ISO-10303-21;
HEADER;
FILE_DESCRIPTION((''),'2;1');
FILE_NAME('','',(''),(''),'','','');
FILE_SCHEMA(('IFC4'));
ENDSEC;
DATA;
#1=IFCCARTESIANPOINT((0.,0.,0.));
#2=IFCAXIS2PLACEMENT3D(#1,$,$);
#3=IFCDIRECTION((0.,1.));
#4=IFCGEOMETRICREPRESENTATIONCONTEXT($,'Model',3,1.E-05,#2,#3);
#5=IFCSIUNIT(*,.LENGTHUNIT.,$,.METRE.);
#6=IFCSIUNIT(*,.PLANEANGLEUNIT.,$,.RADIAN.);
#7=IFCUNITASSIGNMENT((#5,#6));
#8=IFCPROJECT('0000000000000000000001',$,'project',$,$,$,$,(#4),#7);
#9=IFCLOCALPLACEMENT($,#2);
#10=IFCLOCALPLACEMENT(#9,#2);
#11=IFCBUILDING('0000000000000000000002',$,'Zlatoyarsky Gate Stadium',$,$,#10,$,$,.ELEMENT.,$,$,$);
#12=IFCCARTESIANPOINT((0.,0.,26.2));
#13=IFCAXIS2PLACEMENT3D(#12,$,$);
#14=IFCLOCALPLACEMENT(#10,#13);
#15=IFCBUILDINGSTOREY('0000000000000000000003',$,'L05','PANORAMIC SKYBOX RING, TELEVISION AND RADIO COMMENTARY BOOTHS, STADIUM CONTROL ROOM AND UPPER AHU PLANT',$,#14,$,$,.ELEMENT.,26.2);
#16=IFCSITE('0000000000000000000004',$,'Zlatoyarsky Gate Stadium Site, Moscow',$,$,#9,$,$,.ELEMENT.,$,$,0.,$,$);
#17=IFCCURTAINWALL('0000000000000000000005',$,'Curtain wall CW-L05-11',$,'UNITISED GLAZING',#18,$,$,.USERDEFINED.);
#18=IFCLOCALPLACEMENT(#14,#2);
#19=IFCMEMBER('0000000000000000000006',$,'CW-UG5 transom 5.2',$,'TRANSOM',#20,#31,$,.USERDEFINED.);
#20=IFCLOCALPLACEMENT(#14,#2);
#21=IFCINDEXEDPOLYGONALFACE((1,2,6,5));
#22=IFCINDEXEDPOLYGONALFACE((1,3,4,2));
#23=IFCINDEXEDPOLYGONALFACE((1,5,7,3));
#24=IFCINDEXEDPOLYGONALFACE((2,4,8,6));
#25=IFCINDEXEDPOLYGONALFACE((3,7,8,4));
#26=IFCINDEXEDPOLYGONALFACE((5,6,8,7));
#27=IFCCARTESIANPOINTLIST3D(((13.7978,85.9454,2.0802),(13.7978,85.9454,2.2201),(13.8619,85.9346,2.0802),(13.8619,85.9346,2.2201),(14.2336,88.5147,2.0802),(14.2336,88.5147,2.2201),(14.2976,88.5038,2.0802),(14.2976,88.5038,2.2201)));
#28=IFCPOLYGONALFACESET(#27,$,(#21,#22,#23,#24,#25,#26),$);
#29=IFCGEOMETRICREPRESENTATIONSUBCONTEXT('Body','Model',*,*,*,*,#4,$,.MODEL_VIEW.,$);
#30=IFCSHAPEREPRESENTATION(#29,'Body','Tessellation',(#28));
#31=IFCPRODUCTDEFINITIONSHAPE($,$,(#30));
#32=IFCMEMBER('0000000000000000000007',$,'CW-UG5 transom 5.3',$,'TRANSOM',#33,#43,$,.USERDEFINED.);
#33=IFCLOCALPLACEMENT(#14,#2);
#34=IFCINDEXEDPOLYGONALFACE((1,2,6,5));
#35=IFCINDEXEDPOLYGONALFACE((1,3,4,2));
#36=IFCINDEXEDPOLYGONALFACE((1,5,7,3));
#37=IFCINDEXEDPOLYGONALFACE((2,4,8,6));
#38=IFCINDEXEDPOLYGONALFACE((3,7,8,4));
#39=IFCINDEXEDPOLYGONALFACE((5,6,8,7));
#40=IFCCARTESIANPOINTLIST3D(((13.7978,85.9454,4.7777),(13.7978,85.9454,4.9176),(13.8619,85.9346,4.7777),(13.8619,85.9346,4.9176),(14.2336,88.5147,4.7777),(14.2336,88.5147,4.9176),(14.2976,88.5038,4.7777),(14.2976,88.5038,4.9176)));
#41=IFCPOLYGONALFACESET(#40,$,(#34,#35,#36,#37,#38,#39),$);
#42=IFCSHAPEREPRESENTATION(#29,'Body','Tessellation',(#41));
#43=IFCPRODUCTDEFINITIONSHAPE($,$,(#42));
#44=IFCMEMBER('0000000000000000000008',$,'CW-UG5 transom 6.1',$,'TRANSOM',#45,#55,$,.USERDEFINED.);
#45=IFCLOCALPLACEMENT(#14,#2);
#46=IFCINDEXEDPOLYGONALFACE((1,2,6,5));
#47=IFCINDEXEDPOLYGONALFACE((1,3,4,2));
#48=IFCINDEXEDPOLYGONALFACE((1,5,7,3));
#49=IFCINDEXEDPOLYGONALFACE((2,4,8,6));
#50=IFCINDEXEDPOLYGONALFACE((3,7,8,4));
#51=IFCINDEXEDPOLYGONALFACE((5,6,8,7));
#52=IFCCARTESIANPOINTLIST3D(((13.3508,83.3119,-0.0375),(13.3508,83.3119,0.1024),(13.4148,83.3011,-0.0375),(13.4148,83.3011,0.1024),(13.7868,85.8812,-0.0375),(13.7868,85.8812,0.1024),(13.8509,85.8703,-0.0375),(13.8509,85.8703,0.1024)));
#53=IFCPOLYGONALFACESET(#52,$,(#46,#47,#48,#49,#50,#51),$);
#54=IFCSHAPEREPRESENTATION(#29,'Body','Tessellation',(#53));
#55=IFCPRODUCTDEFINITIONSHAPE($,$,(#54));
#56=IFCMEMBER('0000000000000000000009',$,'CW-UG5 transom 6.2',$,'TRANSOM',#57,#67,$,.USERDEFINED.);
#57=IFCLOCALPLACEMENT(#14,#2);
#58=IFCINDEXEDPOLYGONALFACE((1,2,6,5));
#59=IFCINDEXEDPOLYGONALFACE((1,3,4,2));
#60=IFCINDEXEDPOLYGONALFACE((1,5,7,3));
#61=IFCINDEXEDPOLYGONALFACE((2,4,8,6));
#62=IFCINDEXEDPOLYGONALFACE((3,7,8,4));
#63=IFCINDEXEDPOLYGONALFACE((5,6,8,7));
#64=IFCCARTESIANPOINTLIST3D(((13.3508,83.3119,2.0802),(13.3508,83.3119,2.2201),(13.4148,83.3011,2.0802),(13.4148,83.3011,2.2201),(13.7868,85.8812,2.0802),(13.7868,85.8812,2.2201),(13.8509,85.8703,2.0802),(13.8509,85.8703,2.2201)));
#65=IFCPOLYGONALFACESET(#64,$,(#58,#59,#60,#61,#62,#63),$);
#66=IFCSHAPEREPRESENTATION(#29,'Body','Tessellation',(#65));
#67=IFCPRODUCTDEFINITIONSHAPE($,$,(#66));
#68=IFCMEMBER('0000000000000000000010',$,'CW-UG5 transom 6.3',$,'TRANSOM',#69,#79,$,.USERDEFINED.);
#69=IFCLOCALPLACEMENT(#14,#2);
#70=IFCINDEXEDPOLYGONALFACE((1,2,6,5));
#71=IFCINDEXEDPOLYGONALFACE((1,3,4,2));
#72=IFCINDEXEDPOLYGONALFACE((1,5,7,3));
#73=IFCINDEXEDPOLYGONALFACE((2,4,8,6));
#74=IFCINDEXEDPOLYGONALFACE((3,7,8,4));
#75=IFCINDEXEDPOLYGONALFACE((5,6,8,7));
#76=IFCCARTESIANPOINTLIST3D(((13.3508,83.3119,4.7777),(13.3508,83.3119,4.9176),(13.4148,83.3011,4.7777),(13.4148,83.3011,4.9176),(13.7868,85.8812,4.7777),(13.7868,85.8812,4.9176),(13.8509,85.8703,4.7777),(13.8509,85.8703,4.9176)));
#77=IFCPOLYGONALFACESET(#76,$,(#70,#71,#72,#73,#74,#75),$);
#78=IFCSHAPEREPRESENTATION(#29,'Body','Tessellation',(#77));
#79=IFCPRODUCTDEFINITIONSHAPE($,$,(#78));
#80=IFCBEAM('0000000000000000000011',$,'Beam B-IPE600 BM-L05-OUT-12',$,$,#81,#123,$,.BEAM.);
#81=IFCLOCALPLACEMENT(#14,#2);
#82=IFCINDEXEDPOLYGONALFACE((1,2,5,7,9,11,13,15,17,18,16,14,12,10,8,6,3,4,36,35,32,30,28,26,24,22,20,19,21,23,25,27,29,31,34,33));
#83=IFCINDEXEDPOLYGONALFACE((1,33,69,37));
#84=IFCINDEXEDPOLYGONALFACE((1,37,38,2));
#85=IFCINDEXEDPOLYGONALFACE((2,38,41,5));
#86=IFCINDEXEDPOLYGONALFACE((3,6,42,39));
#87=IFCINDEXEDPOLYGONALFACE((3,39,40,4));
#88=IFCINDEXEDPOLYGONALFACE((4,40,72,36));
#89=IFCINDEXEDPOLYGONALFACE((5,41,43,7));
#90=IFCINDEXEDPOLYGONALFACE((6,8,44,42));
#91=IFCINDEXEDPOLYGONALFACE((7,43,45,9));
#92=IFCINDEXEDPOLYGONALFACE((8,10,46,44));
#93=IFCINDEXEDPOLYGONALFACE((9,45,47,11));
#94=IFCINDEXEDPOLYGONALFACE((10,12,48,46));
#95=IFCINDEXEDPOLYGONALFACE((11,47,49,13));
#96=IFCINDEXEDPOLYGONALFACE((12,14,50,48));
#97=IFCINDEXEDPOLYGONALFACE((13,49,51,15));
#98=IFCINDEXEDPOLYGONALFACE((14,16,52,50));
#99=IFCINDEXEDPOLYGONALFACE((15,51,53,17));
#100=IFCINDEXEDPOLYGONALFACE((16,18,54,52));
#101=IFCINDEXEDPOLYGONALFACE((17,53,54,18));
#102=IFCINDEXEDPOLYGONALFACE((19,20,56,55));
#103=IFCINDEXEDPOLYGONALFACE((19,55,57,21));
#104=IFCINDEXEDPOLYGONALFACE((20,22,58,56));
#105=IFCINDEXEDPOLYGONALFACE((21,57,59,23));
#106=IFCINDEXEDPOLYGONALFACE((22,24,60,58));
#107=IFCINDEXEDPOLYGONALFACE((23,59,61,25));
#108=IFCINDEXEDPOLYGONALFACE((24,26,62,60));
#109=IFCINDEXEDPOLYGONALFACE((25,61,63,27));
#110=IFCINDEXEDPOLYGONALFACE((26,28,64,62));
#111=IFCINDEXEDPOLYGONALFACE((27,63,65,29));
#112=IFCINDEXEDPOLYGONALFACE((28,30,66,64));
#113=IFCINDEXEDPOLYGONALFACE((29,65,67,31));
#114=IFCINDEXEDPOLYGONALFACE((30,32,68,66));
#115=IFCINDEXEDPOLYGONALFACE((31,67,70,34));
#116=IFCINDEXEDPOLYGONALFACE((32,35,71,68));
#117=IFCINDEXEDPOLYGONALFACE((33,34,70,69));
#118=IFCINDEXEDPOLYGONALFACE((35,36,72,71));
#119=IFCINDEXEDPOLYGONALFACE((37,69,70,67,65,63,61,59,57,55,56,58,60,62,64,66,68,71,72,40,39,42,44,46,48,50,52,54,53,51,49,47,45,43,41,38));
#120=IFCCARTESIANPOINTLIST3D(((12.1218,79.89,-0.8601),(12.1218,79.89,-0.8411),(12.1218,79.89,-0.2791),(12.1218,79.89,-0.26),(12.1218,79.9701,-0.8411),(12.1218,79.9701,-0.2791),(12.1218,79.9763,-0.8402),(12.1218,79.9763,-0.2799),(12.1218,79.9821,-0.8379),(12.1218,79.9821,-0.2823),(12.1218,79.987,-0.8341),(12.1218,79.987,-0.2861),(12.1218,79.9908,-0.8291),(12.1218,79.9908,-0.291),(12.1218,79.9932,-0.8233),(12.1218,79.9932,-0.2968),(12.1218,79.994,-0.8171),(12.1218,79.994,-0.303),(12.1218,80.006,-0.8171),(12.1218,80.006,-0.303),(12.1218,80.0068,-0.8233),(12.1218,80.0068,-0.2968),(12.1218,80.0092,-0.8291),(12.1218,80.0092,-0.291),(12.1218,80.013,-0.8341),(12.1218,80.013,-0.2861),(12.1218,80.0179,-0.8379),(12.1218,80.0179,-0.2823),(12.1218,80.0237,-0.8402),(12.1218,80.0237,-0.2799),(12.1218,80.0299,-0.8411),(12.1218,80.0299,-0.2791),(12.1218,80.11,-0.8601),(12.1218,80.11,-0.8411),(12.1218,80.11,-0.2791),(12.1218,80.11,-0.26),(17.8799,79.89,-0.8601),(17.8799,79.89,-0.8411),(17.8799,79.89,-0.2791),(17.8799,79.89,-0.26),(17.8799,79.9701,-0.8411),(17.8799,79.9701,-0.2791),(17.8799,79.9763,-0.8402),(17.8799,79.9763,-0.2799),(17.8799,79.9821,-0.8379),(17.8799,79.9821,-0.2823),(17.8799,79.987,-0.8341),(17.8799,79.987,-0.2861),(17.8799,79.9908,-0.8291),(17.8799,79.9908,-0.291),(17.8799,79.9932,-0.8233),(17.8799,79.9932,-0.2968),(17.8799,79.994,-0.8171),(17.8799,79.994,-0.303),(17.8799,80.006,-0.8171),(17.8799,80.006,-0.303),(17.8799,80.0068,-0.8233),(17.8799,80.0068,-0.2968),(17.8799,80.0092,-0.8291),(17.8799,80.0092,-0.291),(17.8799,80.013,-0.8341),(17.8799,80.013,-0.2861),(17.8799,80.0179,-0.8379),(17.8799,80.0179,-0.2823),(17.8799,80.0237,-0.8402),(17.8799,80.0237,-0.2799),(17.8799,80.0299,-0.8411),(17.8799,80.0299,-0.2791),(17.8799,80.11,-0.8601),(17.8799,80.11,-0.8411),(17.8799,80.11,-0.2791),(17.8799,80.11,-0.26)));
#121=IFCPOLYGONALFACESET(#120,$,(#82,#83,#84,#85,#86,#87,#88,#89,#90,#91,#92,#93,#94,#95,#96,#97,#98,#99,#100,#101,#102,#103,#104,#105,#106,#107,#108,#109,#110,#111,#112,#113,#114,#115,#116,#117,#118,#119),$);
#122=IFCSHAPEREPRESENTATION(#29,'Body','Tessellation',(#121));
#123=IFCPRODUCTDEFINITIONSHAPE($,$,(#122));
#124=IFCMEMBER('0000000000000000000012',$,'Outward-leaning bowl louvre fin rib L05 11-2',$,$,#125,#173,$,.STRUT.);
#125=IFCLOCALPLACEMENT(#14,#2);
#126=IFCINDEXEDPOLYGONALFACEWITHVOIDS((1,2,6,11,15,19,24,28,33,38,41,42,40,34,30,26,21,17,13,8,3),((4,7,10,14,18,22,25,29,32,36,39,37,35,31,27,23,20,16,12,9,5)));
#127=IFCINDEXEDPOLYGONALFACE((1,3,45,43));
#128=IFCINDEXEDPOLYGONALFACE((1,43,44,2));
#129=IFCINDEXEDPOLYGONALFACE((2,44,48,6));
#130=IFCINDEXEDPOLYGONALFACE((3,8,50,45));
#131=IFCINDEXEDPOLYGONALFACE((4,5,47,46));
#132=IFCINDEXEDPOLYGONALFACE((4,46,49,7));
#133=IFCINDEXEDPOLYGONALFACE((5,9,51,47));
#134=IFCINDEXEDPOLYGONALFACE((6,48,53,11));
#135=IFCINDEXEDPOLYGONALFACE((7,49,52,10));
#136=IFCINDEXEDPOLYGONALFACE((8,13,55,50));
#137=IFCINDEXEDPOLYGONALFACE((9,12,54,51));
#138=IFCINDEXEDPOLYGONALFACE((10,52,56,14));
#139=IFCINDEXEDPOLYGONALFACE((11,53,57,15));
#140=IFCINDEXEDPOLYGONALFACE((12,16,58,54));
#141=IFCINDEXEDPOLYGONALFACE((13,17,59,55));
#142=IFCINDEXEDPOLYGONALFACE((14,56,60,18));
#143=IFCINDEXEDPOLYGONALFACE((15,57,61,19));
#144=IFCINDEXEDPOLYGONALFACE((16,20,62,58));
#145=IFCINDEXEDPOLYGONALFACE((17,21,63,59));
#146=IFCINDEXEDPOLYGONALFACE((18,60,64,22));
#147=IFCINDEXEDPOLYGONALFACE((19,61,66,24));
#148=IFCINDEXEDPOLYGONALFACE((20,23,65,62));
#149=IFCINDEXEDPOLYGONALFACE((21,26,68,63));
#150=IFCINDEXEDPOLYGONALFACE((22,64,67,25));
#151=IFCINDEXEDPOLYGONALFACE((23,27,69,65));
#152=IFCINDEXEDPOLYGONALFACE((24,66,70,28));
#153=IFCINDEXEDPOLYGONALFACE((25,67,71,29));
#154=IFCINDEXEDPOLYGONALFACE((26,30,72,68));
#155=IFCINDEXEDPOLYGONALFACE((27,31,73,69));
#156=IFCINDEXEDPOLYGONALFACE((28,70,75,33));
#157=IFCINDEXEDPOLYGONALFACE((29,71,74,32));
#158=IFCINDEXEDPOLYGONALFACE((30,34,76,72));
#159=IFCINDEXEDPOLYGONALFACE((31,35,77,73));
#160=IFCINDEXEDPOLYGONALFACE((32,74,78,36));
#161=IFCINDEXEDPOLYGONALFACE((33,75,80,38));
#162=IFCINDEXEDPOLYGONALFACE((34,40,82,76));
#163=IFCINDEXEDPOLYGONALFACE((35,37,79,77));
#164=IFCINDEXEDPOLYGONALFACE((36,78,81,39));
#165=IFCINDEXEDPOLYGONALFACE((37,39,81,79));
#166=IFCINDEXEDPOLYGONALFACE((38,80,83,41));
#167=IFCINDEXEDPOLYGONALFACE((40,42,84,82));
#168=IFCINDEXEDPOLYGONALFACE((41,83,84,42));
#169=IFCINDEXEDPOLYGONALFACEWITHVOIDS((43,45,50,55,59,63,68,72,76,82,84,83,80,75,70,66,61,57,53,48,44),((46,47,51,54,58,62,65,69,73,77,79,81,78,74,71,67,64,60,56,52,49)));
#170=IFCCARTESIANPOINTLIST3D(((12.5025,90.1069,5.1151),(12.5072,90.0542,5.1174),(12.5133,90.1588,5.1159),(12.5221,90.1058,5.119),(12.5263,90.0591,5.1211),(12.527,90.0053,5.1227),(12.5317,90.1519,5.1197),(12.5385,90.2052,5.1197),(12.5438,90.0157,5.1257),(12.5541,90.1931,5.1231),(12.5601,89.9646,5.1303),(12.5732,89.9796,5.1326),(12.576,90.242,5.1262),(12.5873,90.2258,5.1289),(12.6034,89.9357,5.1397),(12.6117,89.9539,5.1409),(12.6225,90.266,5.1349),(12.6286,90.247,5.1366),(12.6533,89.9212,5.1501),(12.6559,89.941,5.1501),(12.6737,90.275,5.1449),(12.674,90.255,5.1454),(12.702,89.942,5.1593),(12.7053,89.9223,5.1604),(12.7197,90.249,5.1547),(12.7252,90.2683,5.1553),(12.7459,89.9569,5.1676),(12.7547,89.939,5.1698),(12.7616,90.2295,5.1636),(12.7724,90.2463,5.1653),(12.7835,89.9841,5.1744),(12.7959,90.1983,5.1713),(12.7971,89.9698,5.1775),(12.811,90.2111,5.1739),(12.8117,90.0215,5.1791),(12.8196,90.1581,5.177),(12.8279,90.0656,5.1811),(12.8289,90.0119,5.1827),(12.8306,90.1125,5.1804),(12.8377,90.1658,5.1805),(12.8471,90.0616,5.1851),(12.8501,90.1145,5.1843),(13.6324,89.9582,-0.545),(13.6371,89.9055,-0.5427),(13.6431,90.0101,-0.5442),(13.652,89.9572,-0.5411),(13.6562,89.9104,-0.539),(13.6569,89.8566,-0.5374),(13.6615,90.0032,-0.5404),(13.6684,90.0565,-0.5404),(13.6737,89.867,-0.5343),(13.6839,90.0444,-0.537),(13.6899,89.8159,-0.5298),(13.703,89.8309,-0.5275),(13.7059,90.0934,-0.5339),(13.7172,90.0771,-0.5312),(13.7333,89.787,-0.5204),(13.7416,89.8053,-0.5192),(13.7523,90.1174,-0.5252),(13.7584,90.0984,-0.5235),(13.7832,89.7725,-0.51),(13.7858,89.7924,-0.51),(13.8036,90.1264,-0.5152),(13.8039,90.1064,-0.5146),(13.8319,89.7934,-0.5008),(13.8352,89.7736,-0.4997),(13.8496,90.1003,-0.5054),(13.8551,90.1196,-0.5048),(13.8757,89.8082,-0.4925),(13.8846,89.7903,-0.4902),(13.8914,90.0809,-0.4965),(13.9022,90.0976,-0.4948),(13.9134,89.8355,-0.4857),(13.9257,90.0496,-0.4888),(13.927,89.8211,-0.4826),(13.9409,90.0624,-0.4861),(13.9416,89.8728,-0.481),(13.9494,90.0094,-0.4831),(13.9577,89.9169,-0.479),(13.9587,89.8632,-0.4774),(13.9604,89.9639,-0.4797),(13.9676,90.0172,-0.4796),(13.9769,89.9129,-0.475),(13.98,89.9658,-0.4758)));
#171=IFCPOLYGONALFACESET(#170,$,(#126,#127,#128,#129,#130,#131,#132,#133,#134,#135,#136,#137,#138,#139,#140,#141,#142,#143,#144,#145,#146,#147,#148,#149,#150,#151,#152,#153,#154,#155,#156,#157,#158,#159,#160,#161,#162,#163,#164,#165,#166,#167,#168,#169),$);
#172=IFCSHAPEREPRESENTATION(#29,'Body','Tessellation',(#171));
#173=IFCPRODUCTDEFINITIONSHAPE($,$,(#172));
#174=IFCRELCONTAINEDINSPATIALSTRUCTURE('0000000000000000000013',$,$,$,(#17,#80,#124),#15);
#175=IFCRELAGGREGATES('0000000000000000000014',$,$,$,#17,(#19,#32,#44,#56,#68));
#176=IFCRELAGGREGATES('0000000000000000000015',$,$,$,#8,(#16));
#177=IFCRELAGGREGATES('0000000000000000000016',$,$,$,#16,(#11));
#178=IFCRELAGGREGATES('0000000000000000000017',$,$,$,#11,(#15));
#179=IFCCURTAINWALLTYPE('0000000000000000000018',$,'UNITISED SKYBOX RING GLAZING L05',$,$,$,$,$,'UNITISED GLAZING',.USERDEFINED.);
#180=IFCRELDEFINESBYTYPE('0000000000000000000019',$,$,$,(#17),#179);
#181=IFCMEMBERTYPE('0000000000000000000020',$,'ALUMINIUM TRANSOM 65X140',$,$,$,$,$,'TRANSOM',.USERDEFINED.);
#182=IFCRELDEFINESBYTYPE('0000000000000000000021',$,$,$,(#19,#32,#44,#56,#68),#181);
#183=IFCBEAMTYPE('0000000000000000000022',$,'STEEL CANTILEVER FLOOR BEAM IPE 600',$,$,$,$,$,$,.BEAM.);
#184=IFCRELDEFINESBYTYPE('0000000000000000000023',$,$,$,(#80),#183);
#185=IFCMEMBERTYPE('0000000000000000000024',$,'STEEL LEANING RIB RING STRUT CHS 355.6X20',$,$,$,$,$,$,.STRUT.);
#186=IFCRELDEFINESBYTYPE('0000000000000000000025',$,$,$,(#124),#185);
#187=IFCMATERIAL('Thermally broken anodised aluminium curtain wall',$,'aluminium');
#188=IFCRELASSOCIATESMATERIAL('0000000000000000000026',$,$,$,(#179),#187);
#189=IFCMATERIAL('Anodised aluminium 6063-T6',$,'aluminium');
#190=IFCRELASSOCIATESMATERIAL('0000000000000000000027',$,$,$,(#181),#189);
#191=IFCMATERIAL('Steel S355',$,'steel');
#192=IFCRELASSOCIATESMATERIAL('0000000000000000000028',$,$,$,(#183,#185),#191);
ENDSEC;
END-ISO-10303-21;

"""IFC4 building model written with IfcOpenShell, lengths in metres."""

from ifc_helpers import new_model, si_unit, direction, frame, origin, origin_2d, place, context, subcontext, project, spatial, rectangle, hollow_circle, i_section, extrude, material, material_profile, profile_set, type_object, element, aggregate, save


model = new_model("IFC4")

# Units and contexts
model_context = context("Model", 3, precision=1e-05, world=origin(), true_north=direction((0.0, 1.0)))
body_context = subcontext(model_context, "Body", "Model", "MODEL_VIEW")
ifc_project = project(units=[si_unit("LENGTHUNIT", "METRE"), si_unit("PLANEANGLEUNIT", "RADIAN")], contexts=[model_context])

# Site, building, storey
site_placement = place(None, origin())
site = spatial("IfcSite", under=ifc_project, at=site_placement, Name="Zlatoyarsky Gate Stadium Site, Moscow", CompositionType="ELEMENT", RefElevation=0.0)
building_placement = place(site_placement, origin())
building = spatial("IfcBuilding", under=site, at=building_placement, Name="Zlatoyarsky Gate Stadium", CompositionType="ELEMENT")
storey_placement = place(building_placement, frame((0.0, 0.0, 26.2)))
storey = spatial("IfcBuildingStorey", under=building, at=storey_placement, Name="L05", Description="PANORAMIC SKYBOX RING, TELEVISION AND RADIO COMMENTARY BOOTHS, STADIUM CONTROL ROOM AND UPPER AHU PLANT", CompositionType="ELEMENT", Elevation=26.2)

# Shared definitions
ifc_material_1 = material(Name="Steel S355", Category="steel")

# Curtain wall, members
ifc_material_2 = material(Name="Thermally broken anodised aluminium curtain wall", Category="aluminium")
curtain_wall_type = type_object("IfcCurtainWallType", Name="UNITISED SKYBOX RING GLAZING L05", ElementType="UNITISED GLAZING", PredefinedType="USERDEFINED", material=ifc_material_2)
curtain_wall_placement = place(storey_placement, origin())
curtain_wall = element("IfcCurtainWall", 1, at=curtain_wall_placement, inside=storey, type_object=curtain_wall_type, Name="Curtain wall CW-L05-11", ObjectType="UNITISED GLAZING", PredefinedType="USERDEFINED")
ifc_material_3 = material(Name="Anodised aluminium 6063-T6", Category="aluminium")
ifc_material_profile_1 = material_profile(ifc_material_3, rectangle(XDim=0.0649, YDim=0.1399, at=origin_2d()), Name="ALU 65X140")
ifc_profile_set_1 = profile_set([ifc_material_profile_1], Name="Anodised aluminium 6063-T6")
member_type_1 = type_object("IfcMemberType", Name="ALUMINIUM TRANSOM 65X140", ElementType="TRANSOM", PredefinedType="USERDEFINED", material=ifc_profile_set_1)
member_1_placement = place(storey_placement, frame((14.2656, 88.5093, 2.1501), z_axis=(-0.167224, -0.985919, 0.0), x_axis=(0.985919, -0.167224, 0.0)))
member_1 = element("IfcMember", 2, at=member_1_placement, type_object=member_type_1, Name="CW-UG5 transom 5.2", ObjectType="TRANSOM", PredefinedType="USERDEFINED", context=body_context, shape_type="SweptSolid", body=[
    extrude(rectangle(XDim=0.0649, YDim=0.1399, at=origin_2d()), origin(), (0.0, 0.0, 1.0), 2.606),
])
member_2_placement = place(storey_placement, frame((14.2656, 88.5093, 4.8477), z_axis=(-0.167224, -0.985919, 0.0), x_axis=(0.985919, -0.167224, 0.0)))
member_2 = element("IfcMember", 3, at=member_2_placement, type_object=member_type_1, Name="CW-UG5 transom 5.3", ObjectType="TRANSOM", PredefinedType="USERDEFINED", context=body_context, shape_type="SweptSolid", body=[
    extrude(rectangle(XDim=0.0649, YDim=0.1399, at=origin_2d()), origin(), (0.0, 0.0, 1.0), 2.606),
])
member_3_placement = place(storey_placement, frame((13.8188, 85.8757, 0.0325), z_axis=(-0.167315, -0.985903, 0.0), x_axis=(0.985903, -0.167315, 0.0)))
member_3 = element("IfcMember", 4, at=member_3_placement, type_object=member_type_1, Name="CW-UG5 transom 6.1", ObjectType="TRANSOM", PredefinedType="USERDEFINED", context=body_context, shape_type="SweptSolid", body=[
    extrude(rectangle(XDim=0.0649, YDim=0.1399, at=origin_2d()), origin(), (0.0, 0.0, 1.0), 2.606),
])
member_4_placement = place(storey_placement, frame((13.8188, 85.8757, 2.1501), z_axis=(-0.167315, -0.985903, 0.0), x_axis=(0.985903, -0.167315, 0.0)))
member_4 = element("IfcMember", 5, at=member_4_placement, type_object=member_type_1, Name="CW-UG5 transom 6.2", ObjectType="TRANSOM", PredefinedType="USERDEFINED", context=body_context, shape_type="SweptSolid", body=[
    extrude(rectangle(XDim=0.0649, YDim=0.1399, at=origin_2d()), origin(), (0.0, 0.0, 1.0), 2.606),
])
member_5_placement = place(storey_placement, frame((13.8188, 85.8757, 4.8477), z_axis=(-0.167315, -0.985903, 0.0), x_axis=(0.985903, -0.167315, 0.0)))
member_5 = element("IfcMember", 6, at=member_5_placement, type_object=member_type_1, Name="CW-UG5 transom 6.3", ObjectType="TRANSOM", PredefinedType="USERDEFINED", context=body_context, shape_type="SweptSolid", body=[
    extrude(rectangle(XDim=0.0649, YDim=0.1399, at=origin_2d()), origin(), (0.0, 0.0, 1.0), 2.606),
])

# Beam
ifc_material_profile_2 = material_profile(ifc_material_1, i_section(OverallWidth=0.22, OverallDepth=0.6001, WebThickness=0.012, FlangeThickness=0.019, FilletRadius=0.0239, at=origin_2d()), Name="IPE 600")
ifc_profile_set_2 = profile_set([ifc_material_profile_2], Name="Steel S355")
beam_type_1 = type_object("IfcBeamType", Name="STEEL CANTILEVER FLOOR BEAM IPE 600", PredefinedType="BEAM", material=ifc_profile_set_2)
beam_1_placement = place(storey_placement, frame((17.8799, 80.0, -0.5601), z_axis=(-1.0, 0.0, 0.0), x_axis=(0.0, -1.0, 0.0)))
element("IfcBeam", 7, at=beam_1_placement, inside=storey, type_object=beam_type_1, Name="Beam B-IPE600 BM-L05-OUT-12", PredefinedType="BEAM", context=body_context, shape_type="SweptSolid", body=[
    extrude(i_section(OverallWidth=0.22, OverallDepth=0.6001, WebThickness=0.012, FlangeThickness=0.019, FilletRadius=0.0239, at=origin_2d()), origin(), (0.0, 0.0, 1.0), 5.7581),
])

# Member
ifc_material_profile_3 = material_profile(ifc_material_1, hollow_circle(Radius=0.1777, WallThickness=0.02, at=origin_2d()), Name="CHS 355.6X20")
ifc_profile_set_3 = profile_set([ifc_material_profile_3], Name="Steel S355")
member_type_2 = type_object("IfcMemberType", Name="STEEL LEANING RIB RING STRUT CHS 355.6X20", PredefinedType="STRUT", material=ifc_profile_set_3)
member_6_placement = place(storey_placement, frame((13.8064, 89.9487, -0.51), z_axis=(-0.195693, 0.025751, 0.980327), x_axis=(-0.130466, -0.991453, 0.0)))
element("IfcMember", 8, at=member_6_placement, inside=storey, type_object=member_type_2, Name="Outward-leaning bowl louvre fin rib L05 11-2", PredefinedType="STRUT", context=body_context, shape_type="SweptSolid", body=[
    extrude(hollow_circle(Radius=0.1777, WallThickness=0.02, at=origin_2d()), origin(), (0.0, 0.0, 1.0), 5.7737),
])

aggregate(curtain_wall, [member_1, member_2, member_3, member_4, member_5])

save(model, "model.ifc")
